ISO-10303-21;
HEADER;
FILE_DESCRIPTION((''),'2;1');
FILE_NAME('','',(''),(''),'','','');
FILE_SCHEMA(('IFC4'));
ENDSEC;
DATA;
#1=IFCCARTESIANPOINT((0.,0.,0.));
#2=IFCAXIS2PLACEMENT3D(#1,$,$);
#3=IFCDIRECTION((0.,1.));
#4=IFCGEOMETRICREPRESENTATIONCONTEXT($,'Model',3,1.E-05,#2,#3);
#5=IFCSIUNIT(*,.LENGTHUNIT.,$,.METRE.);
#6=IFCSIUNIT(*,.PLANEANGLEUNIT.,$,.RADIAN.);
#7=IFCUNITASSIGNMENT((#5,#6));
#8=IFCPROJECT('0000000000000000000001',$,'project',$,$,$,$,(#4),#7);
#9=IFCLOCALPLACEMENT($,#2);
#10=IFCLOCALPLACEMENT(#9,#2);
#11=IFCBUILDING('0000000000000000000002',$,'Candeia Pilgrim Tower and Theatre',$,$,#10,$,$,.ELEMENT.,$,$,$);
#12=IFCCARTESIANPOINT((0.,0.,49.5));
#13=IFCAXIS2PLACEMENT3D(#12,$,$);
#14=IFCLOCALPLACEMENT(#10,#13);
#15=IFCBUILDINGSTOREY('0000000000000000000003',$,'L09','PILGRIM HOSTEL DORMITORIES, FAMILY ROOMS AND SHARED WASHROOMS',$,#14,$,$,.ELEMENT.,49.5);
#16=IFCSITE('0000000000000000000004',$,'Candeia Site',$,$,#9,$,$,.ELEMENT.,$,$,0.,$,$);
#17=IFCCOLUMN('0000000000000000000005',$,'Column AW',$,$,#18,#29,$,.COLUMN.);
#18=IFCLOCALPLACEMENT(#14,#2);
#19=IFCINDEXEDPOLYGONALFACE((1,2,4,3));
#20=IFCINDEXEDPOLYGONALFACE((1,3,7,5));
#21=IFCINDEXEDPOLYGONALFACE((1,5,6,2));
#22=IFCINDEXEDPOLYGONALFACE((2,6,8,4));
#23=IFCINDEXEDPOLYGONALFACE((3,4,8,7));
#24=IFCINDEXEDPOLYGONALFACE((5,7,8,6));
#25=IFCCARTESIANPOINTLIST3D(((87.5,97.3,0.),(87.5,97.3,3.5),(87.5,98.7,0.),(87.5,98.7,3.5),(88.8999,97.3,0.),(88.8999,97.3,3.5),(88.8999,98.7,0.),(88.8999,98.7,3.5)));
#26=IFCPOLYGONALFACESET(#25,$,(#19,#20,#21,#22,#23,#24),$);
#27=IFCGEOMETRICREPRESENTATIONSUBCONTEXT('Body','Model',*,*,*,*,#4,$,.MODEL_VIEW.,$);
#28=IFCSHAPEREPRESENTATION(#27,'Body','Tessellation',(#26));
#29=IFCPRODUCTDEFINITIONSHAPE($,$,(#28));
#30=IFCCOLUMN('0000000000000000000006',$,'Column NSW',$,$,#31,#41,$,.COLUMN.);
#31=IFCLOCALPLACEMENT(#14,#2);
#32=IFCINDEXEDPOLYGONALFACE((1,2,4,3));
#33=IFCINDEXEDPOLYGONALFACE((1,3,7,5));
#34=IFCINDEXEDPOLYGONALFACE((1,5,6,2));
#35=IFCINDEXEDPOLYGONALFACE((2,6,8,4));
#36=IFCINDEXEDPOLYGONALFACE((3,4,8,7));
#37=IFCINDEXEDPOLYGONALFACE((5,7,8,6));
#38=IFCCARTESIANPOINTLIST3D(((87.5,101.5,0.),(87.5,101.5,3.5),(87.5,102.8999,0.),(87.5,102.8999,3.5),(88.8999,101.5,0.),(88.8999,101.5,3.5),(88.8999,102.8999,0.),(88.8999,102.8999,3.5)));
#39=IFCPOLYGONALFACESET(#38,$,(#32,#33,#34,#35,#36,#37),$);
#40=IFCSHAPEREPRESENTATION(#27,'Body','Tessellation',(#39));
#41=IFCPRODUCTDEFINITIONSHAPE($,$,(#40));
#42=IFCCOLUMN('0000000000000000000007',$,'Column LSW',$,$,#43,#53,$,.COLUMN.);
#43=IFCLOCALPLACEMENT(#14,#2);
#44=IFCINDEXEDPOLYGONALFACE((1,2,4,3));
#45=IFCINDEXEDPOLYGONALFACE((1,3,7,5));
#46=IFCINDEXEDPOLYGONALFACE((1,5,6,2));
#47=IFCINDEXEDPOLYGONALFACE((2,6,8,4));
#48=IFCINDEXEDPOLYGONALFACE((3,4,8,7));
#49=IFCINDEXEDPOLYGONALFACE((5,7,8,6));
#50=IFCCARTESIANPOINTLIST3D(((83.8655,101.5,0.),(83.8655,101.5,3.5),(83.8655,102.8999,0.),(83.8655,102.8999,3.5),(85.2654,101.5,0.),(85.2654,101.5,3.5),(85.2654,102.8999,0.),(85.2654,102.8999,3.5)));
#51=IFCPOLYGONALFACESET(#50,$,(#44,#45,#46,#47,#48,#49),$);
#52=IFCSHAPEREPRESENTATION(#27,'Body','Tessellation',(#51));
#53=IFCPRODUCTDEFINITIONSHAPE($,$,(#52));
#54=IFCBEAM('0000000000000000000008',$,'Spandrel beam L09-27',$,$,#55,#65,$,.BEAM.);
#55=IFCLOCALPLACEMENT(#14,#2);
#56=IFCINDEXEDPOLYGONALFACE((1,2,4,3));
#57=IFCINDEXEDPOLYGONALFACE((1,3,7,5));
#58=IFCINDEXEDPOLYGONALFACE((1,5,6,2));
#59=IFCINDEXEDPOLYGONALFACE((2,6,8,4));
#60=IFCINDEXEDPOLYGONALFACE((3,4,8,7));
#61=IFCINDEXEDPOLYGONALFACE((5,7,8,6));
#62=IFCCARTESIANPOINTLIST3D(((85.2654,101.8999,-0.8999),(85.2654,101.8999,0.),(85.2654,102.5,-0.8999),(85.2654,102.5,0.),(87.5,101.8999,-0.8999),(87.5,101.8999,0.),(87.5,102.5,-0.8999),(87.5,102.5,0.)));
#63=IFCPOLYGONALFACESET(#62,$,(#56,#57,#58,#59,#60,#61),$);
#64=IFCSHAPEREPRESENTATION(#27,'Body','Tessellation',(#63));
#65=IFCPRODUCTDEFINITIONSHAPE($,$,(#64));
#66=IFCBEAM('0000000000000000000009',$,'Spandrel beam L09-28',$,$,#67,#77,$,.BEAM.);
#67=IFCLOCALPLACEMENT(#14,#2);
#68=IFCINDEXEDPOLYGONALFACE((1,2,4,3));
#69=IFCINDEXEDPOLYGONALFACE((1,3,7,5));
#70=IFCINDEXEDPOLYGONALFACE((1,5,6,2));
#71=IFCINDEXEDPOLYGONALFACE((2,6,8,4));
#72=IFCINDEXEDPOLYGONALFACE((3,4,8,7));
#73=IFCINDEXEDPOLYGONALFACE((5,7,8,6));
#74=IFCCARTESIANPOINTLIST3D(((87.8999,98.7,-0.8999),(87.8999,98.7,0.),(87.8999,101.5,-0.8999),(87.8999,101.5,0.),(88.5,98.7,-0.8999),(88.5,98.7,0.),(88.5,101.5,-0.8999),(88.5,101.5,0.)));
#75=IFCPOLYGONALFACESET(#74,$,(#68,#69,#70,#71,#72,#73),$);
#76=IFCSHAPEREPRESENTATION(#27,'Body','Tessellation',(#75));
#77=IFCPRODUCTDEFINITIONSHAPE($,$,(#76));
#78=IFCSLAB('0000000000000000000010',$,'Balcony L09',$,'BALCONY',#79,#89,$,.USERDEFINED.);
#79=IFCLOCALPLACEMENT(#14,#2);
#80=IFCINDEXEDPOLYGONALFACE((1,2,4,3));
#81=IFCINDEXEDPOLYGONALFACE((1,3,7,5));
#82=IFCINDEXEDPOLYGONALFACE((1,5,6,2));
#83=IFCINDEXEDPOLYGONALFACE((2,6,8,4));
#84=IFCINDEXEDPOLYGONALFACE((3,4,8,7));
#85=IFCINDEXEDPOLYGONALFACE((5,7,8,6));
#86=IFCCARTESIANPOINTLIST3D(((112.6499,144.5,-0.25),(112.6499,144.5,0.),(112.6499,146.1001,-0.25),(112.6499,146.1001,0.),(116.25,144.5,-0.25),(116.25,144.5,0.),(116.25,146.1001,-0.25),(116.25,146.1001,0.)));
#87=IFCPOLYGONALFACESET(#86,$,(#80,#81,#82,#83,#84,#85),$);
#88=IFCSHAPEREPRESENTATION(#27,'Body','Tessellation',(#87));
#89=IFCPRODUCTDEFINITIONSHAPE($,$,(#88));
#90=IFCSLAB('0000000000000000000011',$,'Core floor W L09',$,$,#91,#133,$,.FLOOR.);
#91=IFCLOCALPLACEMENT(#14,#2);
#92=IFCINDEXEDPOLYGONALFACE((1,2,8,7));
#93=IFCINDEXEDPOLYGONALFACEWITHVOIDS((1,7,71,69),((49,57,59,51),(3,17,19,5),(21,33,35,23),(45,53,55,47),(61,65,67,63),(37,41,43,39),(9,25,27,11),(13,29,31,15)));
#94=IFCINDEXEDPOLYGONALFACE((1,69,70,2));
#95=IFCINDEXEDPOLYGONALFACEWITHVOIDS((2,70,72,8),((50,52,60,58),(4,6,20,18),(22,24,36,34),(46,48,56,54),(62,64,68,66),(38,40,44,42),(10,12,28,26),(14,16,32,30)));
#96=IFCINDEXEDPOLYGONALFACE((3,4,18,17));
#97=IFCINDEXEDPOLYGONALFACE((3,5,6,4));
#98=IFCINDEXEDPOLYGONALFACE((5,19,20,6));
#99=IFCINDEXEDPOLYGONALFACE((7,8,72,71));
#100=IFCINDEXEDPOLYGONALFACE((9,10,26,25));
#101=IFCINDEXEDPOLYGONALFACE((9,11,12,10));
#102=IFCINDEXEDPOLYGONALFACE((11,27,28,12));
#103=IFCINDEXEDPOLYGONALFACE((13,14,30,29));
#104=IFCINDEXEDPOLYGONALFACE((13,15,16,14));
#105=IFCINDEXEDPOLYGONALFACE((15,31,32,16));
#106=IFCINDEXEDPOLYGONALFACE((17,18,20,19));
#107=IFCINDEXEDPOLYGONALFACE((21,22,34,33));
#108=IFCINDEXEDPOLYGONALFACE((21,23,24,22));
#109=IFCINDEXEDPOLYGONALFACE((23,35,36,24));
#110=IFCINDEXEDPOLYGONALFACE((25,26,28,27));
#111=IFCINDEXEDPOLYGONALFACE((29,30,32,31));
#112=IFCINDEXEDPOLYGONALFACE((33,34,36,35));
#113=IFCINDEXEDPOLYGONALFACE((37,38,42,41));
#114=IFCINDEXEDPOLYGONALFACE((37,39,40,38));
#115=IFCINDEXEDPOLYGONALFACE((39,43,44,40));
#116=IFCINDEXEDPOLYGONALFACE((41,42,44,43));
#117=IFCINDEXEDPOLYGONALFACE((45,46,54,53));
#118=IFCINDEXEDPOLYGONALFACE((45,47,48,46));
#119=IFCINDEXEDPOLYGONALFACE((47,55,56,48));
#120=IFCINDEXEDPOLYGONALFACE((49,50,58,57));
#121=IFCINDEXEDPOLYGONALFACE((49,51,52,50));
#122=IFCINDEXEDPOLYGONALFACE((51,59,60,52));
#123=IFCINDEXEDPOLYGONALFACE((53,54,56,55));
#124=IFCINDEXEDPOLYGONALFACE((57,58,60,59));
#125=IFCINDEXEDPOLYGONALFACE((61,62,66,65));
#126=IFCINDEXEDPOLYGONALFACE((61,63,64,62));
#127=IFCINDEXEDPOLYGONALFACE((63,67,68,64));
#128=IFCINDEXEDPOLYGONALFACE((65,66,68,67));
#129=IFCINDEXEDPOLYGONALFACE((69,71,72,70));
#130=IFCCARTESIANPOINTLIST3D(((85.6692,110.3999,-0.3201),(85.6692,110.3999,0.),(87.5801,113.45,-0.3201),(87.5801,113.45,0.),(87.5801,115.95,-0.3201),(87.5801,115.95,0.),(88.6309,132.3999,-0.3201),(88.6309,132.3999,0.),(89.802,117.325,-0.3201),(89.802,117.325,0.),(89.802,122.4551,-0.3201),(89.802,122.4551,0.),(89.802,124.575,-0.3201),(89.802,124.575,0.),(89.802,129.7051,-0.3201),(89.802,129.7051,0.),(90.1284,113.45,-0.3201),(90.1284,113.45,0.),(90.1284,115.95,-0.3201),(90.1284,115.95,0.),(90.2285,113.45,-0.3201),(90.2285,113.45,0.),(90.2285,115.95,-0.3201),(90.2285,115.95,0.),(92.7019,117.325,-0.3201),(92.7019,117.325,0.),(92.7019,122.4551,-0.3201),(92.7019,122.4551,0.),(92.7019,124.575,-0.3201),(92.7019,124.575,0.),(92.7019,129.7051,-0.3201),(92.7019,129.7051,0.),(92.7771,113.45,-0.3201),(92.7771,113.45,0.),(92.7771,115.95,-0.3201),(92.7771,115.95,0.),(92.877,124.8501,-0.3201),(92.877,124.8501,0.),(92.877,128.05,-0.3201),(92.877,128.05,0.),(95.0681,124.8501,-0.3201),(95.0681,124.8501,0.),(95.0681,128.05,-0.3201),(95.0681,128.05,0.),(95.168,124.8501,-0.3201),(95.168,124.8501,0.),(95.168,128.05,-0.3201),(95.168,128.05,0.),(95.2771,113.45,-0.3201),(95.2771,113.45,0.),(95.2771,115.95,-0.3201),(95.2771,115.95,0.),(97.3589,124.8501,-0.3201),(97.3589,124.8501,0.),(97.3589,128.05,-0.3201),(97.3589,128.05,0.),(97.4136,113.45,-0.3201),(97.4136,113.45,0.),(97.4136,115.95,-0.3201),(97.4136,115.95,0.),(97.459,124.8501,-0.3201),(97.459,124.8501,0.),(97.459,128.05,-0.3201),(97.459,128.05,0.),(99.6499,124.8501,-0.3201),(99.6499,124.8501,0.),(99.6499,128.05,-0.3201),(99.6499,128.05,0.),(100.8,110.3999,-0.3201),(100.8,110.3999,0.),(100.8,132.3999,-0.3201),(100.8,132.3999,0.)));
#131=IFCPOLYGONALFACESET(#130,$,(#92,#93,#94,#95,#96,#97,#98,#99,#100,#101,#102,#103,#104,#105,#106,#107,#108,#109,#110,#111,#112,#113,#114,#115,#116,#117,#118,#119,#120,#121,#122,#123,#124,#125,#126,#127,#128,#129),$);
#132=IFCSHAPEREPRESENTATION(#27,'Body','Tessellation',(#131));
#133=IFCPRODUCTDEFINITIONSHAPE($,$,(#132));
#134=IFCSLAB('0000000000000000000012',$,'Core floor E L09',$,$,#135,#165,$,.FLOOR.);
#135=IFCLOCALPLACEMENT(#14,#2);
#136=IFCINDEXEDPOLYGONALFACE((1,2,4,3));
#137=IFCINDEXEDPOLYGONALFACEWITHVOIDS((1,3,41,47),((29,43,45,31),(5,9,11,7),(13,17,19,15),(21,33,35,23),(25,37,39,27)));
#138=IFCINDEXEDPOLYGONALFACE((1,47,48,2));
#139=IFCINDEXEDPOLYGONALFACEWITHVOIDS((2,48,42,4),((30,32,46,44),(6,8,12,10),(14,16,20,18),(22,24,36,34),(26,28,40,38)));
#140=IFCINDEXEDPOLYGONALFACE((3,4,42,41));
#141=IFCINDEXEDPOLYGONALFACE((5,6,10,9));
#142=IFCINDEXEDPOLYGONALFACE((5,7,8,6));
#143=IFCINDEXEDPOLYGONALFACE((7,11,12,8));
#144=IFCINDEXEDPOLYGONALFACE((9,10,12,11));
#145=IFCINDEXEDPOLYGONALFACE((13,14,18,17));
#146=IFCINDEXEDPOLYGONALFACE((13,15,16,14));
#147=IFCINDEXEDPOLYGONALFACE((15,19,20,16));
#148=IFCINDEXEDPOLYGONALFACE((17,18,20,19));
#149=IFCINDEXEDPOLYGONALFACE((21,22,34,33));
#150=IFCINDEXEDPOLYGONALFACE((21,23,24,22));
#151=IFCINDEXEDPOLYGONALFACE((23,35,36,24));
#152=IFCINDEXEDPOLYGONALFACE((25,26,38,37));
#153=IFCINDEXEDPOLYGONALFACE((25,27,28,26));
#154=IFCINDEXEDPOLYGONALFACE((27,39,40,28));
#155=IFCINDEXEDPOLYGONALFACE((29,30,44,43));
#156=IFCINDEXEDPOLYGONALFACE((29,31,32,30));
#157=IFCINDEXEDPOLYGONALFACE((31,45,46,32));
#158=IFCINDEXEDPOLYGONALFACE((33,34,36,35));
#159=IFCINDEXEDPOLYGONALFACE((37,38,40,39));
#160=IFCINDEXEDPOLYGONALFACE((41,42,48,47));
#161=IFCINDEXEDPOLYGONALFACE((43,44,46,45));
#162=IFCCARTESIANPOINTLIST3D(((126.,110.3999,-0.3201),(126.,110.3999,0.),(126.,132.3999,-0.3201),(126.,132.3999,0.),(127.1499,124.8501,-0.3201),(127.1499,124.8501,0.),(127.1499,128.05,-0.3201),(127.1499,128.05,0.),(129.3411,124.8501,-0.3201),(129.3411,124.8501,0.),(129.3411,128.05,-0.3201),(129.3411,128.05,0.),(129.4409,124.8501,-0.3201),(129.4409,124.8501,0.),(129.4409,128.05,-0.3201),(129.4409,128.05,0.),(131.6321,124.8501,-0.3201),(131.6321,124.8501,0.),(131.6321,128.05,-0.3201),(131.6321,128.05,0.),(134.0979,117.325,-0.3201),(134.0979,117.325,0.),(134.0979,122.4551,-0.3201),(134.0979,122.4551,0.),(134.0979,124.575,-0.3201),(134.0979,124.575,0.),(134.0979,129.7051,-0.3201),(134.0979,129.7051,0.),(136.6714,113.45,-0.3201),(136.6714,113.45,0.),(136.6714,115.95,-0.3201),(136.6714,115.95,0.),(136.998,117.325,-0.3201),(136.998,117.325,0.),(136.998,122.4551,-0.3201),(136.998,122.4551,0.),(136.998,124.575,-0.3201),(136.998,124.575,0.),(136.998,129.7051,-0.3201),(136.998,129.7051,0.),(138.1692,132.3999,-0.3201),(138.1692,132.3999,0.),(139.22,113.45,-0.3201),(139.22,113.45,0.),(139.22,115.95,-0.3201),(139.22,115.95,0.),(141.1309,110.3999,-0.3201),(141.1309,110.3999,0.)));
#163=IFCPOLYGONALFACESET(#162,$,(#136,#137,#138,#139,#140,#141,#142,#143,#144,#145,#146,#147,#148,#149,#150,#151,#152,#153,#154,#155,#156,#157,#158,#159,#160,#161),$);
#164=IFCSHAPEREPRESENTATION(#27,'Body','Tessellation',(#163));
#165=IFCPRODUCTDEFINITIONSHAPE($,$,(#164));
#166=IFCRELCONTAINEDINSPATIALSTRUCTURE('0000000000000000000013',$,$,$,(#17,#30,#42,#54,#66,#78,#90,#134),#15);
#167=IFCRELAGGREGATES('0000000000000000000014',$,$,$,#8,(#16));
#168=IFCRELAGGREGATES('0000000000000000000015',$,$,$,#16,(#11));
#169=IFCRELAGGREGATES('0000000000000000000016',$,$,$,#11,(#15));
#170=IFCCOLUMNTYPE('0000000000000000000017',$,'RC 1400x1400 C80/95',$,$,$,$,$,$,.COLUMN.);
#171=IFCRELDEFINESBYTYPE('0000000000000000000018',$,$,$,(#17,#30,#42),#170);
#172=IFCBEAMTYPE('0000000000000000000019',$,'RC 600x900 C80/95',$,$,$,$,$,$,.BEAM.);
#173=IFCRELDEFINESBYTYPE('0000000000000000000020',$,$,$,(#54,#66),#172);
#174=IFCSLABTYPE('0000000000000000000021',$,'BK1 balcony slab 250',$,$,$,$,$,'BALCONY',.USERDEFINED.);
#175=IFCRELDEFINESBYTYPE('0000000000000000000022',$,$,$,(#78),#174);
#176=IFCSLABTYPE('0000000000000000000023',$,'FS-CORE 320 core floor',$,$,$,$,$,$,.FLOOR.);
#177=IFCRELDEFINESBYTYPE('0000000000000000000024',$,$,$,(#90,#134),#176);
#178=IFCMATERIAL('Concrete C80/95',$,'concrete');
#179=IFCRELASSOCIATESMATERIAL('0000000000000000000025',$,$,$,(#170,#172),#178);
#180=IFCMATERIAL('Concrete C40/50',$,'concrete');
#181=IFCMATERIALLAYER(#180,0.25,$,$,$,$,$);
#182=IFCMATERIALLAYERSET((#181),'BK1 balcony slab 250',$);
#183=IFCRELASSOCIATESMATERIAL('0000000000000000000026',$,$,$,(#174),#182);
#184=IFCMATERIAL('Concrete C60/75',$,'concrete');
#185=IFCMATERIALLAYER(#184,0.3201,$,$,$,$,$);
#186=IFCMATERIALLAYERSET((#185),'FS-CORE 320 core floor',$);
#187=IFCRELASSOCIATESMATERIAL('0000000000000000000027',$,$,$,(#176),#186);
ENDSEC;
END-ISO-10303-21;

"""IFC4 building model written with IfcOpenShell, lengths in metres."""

from ifc_helpers import new_model, si_unit, direction, frame, origin, origin_2d, place, context, subcontext, project, spatial, polyline, rectangle, outline, extrude, material, layer, layer_set, material_profile, profile_set, type_object, element, save


model = new_model("IFC4")

# Units and contexts
model_context = context("Model", 3, precision=1e-05, world=origin(), true_north=direction((0.0, 1.0)))
body_context = subcontext(model_context, "Body", "Model", "MODEL_VIEW")
ifc_project = project(units=[si_unit("LENGTHUNIT", "METRE"), si_unit("PLANEANGLEUNIT", "RADIAN")], contexts=[model_context])

# Site, building, storey
site_placement = place(None, origin())
site = spatial("IfcSite", under=ifc_project, at=site_placement, Name="Candeia Site", CompositionType="ELEMENT", RefElevation=0.0)
building_placement = place(site_placement, origin())
building = spatial("IfcBuilding", under=site, at=building_placement, Name="Candeia Pilgrim Tower and Theatre", CompositionType="ELEMENT")
storey_placement = place(building_placement, frame((0.0, 0.0, 49.5)))
storey = spatial("IfcBuildingStorey", under=building, at=storey_placement, Name="L09", Description="PILGRIM HOSTEL DORMITORIES, FAMILY ROOMS AND SHARED WASHROOMS", CompositionType="ELEMENT", Elevation=49.5)

# Columns
ifc_material_1 = material(Name="Concrete C80/95", Category="concrete")
ifc_material_profile_1 = material_profile(ifc_material_1, rectangle(XDim=1.3999, YDim=1.3999, at=origin_2d()))
ifc_profile_set_1 = profile_set([ifc_material_profile_1], Name="Concrete C80/95")
column_type = type_object("IfcColumnType", Name="RC 1400x1400 C80/95", PredefinedType="COLUMN", material=ifc_profile_set_1)
for number, where, z_axis, x_axis, name in (
    (1, (88.2, 98.0, 0.0), (0.0, 0.0, 1.0), (1.0, 0.0, 0.0), "Column AW"),
    (2, (88.2, 102.2, 0.0), (0.0, 0.0, 1.0), (1.0, 0.0, 0.0), "Column NSW"),
    (3, (84.5654, 102.2, 0.0), (0.0, 0.0, 1.0), (1.0, 0.0, 0.0), "Column LSW"),
):
    element("IfcColumn", number, at=place(storey_placement, frame(where, z_axis=z_axis, x_axis=x_axis)), inside=storey, type_object=column_type, Name=name, PredefinedType="COLUMN", context=body_context, shape_type="SweptSolid", body=[
        extrude(rectangle(XDim=1.3999, YDim=1.3999, at=origin_2d()), origin(), (0.0, 0.0, 1.0), 3.5),
    ])

# Beams
ifc_material_profile_2 = material_profile(ifc_material_1, rectangle(XDim=0.6001, YDim=0.8999, at=origin_2d()))
ifc_profile_set_2 = profile_set([ifc_material_profile_2], Name="Concrete C80/95")
beam_type = type_object("IfcBeamType", Name="RC 600x900 C80/95", PredefinedType="BEAM", material=ifc_profile_set_2)
beam_1_placement = place(storey_placement, frame((85.2654, 102.2, -0.45), z_axis=(1.0, 0.0, 0.0), x_axis=(0.0, 1.0, 0.0)))
element("IfcBeam", 4, at=beam_1_placement, inside=storey, type_object=beam_type, Name="Spandrel beam L09-27", PredefinedType="BEAM", context=body_context, shape_type="SweptSolid", body=[
    extrude(rectangle(XDim=0.6001, YDim=0.8999, at=origin_2d()), origin(), (0.0, 0.0, 1.0), 2.2346),
])
beam_2_placement = place(storey_placement, frame((88.2, 101.5, -0.45), z_axis=(0.0, -1.0, 0.0), x_axis=(1.0, 0.0, 0.0)))
element("IfcBeam", 5, at=beam_2_placement, inside=storey, type_object=beam_type, Name="Spandrel beam L09-28", PredefinedType="BEAM", context=body_context, shape_type="SweptSolid", body=[
    extrude(rectangle(XDim=0.6001, YDim=0.8999, at=origin_2d()), origin(), (0.0, 0.0, 1.0), 2.8),
])

# Slabs
ifc_material_2 = material(Name="Concrete C40/50", Category="concrete")
ifc_layer_1 = layer(ifc_material_2, 0.25)
ifc_layer_set_1 = layer_set([ifc_layer_1], Name="BK1 balcony slab 250")
slab_type_1 = type_object("IfcSlabType", Name="BK1 balcony slab 250", ElementType="BALCONY", PredefinedType="USERDEFINED", material=ifc_layer_set_1)
slab_1_placement = place(storey_placement, frame((0.0, 0.0, -0.25)))
element("IfcSlab", 6, at=slab_1_placement, inside=storey, type_object=slab_type_1, Name="Balcony L09", ObjectType="BALCONY", PredefinedType="USERDEFINED", context=body_context, shape_type="SweptSolid", body=[
    extrude(outline(polyline([(112.6499, 144.5), (116.25, 144.5), (116.25, 146.1001), (112.6499, 146.1001), (112.6499, 144.5)])), origin(), (0.0, 0.0, 1.0), 0.25),
])
ifc_material_3 = material(Name="Concrete C60/75", Category="concrete")
ifc_layer_2 = layer(ifc_material_3, 0.3201)
ifc_layer_set_2 = layer_set([ifc_layer_2], Name="FS-CORE 320 core floor")
slab_type_2 = type_object("IfcSlabType", Name="FS-CORE 320 core floor", PredefinedType="FLOOR", material=ifc_layer_set_2)
slab_2_placement = place(storey_placement, frame((0.0, 0.0, -0.3201)))
element("IfcSlab", 7, at=slab_2_placement, inside=storey, type_object=slab_type_2, Name="Core floor W L09", PredefinedType="FLOOR", context=body_context, shape_type="SweptSolid", body=[
    extrude(outline(polyline([(100.8, 132.3999), (100.8, 110.3999), (85.6692, 110.3999), (88.6309, 132.3999), (100.8, 132.3999)]), holes=[polyline([(97.459, 128.05), (97.459, 124.8501), (99.6499, 124.8501), (99.6499, 128.05), (97.459, 128.05)]), polyline([(95.2771, 115.95), (95.2771, 113.45), (97.4136, 113.45), (97.4136, 115.95), (95.2771, 115.95)]), polyline([(95.168, 128.05), (95.168, 124.8501), (97.3589, 124.8501), (97.3589, 128.05), (95.168, 128.05)]), polyline([(92.877, 128.05), (92.877, 124.8501), (95.0681, 124.8501), (95.0681, 128.05), (92.877, 128.05)]), polyline([(90.2285, 115.95), (90.2285, 113.45), (92.7771, 113.45), (92.7771, 115.95), (90.2285, 115.95)]), polyline([(89.802, 122.4551), (89.802, 117.325), (92.7019, 117.325), (92.7019, 122.4551), (89.802, 122.4551)]), polyline([(89.802, 129.7051), (89.802, 124.575), (92.7019, 124.575), (92.7019, 129.7051), (89.802, 129.7051)]), polyline([(87.5801, 115.95), (87.5801, 113.45), (90.1284, 113.45), (90.1284, 115.95), (87.5801, 115.95)])]), origin(), (0.0, 0.0, 1.0), 0.3201),
])
slab_3_placement = place(storey_placement, frame((0.0, 0.0, -0.3201)))
element("IfcSlab", 8, at=slab_3_placement, inside=storey, type_object=slab_type_2, Name="Core floor E L09", PredefinedType="FLOOR", context=body_context, shape_type="SweptSolid", body=[
    extrude(outline(polyline([(138.1692, 132.3999), (141.1309, 110.3999), (126.0, 110.3999), (126.0, 132.3999), (138.1692, 132.3999)]), holes=[polyline([(136.6714, 115.95), (136.6714, 113.45), (139.22, 113.45), (139.22, 115.95), (136.6714, 115.95)]), polyline([(134.0979, 117.325), (136.998, 117.325), (136.998, 122.4551), (134.0979, 122.4551), (134.0979, 117.325)]), polyline([(134.0979, 129.7051), (134.0979, 124.575), (136.998, 124.575), (136.998, 129.7051), (134.0979, 129.7051)]), polyline([(131.6321, 128.05), (129.4409, 128.05), (129.4409, 124.8501), (131.6321, 124.8501), (131.6321, 128.05)]), polyline([(127.1499, 128.05), (127.1499, 124.8501), (129.3411, 124.8501), (129.3411, 128.05), (127.1499, 128.05)])]), origin(), (0.0, 0.0, 1.0), 0.3201),
])

save(model, "model.ifc")
